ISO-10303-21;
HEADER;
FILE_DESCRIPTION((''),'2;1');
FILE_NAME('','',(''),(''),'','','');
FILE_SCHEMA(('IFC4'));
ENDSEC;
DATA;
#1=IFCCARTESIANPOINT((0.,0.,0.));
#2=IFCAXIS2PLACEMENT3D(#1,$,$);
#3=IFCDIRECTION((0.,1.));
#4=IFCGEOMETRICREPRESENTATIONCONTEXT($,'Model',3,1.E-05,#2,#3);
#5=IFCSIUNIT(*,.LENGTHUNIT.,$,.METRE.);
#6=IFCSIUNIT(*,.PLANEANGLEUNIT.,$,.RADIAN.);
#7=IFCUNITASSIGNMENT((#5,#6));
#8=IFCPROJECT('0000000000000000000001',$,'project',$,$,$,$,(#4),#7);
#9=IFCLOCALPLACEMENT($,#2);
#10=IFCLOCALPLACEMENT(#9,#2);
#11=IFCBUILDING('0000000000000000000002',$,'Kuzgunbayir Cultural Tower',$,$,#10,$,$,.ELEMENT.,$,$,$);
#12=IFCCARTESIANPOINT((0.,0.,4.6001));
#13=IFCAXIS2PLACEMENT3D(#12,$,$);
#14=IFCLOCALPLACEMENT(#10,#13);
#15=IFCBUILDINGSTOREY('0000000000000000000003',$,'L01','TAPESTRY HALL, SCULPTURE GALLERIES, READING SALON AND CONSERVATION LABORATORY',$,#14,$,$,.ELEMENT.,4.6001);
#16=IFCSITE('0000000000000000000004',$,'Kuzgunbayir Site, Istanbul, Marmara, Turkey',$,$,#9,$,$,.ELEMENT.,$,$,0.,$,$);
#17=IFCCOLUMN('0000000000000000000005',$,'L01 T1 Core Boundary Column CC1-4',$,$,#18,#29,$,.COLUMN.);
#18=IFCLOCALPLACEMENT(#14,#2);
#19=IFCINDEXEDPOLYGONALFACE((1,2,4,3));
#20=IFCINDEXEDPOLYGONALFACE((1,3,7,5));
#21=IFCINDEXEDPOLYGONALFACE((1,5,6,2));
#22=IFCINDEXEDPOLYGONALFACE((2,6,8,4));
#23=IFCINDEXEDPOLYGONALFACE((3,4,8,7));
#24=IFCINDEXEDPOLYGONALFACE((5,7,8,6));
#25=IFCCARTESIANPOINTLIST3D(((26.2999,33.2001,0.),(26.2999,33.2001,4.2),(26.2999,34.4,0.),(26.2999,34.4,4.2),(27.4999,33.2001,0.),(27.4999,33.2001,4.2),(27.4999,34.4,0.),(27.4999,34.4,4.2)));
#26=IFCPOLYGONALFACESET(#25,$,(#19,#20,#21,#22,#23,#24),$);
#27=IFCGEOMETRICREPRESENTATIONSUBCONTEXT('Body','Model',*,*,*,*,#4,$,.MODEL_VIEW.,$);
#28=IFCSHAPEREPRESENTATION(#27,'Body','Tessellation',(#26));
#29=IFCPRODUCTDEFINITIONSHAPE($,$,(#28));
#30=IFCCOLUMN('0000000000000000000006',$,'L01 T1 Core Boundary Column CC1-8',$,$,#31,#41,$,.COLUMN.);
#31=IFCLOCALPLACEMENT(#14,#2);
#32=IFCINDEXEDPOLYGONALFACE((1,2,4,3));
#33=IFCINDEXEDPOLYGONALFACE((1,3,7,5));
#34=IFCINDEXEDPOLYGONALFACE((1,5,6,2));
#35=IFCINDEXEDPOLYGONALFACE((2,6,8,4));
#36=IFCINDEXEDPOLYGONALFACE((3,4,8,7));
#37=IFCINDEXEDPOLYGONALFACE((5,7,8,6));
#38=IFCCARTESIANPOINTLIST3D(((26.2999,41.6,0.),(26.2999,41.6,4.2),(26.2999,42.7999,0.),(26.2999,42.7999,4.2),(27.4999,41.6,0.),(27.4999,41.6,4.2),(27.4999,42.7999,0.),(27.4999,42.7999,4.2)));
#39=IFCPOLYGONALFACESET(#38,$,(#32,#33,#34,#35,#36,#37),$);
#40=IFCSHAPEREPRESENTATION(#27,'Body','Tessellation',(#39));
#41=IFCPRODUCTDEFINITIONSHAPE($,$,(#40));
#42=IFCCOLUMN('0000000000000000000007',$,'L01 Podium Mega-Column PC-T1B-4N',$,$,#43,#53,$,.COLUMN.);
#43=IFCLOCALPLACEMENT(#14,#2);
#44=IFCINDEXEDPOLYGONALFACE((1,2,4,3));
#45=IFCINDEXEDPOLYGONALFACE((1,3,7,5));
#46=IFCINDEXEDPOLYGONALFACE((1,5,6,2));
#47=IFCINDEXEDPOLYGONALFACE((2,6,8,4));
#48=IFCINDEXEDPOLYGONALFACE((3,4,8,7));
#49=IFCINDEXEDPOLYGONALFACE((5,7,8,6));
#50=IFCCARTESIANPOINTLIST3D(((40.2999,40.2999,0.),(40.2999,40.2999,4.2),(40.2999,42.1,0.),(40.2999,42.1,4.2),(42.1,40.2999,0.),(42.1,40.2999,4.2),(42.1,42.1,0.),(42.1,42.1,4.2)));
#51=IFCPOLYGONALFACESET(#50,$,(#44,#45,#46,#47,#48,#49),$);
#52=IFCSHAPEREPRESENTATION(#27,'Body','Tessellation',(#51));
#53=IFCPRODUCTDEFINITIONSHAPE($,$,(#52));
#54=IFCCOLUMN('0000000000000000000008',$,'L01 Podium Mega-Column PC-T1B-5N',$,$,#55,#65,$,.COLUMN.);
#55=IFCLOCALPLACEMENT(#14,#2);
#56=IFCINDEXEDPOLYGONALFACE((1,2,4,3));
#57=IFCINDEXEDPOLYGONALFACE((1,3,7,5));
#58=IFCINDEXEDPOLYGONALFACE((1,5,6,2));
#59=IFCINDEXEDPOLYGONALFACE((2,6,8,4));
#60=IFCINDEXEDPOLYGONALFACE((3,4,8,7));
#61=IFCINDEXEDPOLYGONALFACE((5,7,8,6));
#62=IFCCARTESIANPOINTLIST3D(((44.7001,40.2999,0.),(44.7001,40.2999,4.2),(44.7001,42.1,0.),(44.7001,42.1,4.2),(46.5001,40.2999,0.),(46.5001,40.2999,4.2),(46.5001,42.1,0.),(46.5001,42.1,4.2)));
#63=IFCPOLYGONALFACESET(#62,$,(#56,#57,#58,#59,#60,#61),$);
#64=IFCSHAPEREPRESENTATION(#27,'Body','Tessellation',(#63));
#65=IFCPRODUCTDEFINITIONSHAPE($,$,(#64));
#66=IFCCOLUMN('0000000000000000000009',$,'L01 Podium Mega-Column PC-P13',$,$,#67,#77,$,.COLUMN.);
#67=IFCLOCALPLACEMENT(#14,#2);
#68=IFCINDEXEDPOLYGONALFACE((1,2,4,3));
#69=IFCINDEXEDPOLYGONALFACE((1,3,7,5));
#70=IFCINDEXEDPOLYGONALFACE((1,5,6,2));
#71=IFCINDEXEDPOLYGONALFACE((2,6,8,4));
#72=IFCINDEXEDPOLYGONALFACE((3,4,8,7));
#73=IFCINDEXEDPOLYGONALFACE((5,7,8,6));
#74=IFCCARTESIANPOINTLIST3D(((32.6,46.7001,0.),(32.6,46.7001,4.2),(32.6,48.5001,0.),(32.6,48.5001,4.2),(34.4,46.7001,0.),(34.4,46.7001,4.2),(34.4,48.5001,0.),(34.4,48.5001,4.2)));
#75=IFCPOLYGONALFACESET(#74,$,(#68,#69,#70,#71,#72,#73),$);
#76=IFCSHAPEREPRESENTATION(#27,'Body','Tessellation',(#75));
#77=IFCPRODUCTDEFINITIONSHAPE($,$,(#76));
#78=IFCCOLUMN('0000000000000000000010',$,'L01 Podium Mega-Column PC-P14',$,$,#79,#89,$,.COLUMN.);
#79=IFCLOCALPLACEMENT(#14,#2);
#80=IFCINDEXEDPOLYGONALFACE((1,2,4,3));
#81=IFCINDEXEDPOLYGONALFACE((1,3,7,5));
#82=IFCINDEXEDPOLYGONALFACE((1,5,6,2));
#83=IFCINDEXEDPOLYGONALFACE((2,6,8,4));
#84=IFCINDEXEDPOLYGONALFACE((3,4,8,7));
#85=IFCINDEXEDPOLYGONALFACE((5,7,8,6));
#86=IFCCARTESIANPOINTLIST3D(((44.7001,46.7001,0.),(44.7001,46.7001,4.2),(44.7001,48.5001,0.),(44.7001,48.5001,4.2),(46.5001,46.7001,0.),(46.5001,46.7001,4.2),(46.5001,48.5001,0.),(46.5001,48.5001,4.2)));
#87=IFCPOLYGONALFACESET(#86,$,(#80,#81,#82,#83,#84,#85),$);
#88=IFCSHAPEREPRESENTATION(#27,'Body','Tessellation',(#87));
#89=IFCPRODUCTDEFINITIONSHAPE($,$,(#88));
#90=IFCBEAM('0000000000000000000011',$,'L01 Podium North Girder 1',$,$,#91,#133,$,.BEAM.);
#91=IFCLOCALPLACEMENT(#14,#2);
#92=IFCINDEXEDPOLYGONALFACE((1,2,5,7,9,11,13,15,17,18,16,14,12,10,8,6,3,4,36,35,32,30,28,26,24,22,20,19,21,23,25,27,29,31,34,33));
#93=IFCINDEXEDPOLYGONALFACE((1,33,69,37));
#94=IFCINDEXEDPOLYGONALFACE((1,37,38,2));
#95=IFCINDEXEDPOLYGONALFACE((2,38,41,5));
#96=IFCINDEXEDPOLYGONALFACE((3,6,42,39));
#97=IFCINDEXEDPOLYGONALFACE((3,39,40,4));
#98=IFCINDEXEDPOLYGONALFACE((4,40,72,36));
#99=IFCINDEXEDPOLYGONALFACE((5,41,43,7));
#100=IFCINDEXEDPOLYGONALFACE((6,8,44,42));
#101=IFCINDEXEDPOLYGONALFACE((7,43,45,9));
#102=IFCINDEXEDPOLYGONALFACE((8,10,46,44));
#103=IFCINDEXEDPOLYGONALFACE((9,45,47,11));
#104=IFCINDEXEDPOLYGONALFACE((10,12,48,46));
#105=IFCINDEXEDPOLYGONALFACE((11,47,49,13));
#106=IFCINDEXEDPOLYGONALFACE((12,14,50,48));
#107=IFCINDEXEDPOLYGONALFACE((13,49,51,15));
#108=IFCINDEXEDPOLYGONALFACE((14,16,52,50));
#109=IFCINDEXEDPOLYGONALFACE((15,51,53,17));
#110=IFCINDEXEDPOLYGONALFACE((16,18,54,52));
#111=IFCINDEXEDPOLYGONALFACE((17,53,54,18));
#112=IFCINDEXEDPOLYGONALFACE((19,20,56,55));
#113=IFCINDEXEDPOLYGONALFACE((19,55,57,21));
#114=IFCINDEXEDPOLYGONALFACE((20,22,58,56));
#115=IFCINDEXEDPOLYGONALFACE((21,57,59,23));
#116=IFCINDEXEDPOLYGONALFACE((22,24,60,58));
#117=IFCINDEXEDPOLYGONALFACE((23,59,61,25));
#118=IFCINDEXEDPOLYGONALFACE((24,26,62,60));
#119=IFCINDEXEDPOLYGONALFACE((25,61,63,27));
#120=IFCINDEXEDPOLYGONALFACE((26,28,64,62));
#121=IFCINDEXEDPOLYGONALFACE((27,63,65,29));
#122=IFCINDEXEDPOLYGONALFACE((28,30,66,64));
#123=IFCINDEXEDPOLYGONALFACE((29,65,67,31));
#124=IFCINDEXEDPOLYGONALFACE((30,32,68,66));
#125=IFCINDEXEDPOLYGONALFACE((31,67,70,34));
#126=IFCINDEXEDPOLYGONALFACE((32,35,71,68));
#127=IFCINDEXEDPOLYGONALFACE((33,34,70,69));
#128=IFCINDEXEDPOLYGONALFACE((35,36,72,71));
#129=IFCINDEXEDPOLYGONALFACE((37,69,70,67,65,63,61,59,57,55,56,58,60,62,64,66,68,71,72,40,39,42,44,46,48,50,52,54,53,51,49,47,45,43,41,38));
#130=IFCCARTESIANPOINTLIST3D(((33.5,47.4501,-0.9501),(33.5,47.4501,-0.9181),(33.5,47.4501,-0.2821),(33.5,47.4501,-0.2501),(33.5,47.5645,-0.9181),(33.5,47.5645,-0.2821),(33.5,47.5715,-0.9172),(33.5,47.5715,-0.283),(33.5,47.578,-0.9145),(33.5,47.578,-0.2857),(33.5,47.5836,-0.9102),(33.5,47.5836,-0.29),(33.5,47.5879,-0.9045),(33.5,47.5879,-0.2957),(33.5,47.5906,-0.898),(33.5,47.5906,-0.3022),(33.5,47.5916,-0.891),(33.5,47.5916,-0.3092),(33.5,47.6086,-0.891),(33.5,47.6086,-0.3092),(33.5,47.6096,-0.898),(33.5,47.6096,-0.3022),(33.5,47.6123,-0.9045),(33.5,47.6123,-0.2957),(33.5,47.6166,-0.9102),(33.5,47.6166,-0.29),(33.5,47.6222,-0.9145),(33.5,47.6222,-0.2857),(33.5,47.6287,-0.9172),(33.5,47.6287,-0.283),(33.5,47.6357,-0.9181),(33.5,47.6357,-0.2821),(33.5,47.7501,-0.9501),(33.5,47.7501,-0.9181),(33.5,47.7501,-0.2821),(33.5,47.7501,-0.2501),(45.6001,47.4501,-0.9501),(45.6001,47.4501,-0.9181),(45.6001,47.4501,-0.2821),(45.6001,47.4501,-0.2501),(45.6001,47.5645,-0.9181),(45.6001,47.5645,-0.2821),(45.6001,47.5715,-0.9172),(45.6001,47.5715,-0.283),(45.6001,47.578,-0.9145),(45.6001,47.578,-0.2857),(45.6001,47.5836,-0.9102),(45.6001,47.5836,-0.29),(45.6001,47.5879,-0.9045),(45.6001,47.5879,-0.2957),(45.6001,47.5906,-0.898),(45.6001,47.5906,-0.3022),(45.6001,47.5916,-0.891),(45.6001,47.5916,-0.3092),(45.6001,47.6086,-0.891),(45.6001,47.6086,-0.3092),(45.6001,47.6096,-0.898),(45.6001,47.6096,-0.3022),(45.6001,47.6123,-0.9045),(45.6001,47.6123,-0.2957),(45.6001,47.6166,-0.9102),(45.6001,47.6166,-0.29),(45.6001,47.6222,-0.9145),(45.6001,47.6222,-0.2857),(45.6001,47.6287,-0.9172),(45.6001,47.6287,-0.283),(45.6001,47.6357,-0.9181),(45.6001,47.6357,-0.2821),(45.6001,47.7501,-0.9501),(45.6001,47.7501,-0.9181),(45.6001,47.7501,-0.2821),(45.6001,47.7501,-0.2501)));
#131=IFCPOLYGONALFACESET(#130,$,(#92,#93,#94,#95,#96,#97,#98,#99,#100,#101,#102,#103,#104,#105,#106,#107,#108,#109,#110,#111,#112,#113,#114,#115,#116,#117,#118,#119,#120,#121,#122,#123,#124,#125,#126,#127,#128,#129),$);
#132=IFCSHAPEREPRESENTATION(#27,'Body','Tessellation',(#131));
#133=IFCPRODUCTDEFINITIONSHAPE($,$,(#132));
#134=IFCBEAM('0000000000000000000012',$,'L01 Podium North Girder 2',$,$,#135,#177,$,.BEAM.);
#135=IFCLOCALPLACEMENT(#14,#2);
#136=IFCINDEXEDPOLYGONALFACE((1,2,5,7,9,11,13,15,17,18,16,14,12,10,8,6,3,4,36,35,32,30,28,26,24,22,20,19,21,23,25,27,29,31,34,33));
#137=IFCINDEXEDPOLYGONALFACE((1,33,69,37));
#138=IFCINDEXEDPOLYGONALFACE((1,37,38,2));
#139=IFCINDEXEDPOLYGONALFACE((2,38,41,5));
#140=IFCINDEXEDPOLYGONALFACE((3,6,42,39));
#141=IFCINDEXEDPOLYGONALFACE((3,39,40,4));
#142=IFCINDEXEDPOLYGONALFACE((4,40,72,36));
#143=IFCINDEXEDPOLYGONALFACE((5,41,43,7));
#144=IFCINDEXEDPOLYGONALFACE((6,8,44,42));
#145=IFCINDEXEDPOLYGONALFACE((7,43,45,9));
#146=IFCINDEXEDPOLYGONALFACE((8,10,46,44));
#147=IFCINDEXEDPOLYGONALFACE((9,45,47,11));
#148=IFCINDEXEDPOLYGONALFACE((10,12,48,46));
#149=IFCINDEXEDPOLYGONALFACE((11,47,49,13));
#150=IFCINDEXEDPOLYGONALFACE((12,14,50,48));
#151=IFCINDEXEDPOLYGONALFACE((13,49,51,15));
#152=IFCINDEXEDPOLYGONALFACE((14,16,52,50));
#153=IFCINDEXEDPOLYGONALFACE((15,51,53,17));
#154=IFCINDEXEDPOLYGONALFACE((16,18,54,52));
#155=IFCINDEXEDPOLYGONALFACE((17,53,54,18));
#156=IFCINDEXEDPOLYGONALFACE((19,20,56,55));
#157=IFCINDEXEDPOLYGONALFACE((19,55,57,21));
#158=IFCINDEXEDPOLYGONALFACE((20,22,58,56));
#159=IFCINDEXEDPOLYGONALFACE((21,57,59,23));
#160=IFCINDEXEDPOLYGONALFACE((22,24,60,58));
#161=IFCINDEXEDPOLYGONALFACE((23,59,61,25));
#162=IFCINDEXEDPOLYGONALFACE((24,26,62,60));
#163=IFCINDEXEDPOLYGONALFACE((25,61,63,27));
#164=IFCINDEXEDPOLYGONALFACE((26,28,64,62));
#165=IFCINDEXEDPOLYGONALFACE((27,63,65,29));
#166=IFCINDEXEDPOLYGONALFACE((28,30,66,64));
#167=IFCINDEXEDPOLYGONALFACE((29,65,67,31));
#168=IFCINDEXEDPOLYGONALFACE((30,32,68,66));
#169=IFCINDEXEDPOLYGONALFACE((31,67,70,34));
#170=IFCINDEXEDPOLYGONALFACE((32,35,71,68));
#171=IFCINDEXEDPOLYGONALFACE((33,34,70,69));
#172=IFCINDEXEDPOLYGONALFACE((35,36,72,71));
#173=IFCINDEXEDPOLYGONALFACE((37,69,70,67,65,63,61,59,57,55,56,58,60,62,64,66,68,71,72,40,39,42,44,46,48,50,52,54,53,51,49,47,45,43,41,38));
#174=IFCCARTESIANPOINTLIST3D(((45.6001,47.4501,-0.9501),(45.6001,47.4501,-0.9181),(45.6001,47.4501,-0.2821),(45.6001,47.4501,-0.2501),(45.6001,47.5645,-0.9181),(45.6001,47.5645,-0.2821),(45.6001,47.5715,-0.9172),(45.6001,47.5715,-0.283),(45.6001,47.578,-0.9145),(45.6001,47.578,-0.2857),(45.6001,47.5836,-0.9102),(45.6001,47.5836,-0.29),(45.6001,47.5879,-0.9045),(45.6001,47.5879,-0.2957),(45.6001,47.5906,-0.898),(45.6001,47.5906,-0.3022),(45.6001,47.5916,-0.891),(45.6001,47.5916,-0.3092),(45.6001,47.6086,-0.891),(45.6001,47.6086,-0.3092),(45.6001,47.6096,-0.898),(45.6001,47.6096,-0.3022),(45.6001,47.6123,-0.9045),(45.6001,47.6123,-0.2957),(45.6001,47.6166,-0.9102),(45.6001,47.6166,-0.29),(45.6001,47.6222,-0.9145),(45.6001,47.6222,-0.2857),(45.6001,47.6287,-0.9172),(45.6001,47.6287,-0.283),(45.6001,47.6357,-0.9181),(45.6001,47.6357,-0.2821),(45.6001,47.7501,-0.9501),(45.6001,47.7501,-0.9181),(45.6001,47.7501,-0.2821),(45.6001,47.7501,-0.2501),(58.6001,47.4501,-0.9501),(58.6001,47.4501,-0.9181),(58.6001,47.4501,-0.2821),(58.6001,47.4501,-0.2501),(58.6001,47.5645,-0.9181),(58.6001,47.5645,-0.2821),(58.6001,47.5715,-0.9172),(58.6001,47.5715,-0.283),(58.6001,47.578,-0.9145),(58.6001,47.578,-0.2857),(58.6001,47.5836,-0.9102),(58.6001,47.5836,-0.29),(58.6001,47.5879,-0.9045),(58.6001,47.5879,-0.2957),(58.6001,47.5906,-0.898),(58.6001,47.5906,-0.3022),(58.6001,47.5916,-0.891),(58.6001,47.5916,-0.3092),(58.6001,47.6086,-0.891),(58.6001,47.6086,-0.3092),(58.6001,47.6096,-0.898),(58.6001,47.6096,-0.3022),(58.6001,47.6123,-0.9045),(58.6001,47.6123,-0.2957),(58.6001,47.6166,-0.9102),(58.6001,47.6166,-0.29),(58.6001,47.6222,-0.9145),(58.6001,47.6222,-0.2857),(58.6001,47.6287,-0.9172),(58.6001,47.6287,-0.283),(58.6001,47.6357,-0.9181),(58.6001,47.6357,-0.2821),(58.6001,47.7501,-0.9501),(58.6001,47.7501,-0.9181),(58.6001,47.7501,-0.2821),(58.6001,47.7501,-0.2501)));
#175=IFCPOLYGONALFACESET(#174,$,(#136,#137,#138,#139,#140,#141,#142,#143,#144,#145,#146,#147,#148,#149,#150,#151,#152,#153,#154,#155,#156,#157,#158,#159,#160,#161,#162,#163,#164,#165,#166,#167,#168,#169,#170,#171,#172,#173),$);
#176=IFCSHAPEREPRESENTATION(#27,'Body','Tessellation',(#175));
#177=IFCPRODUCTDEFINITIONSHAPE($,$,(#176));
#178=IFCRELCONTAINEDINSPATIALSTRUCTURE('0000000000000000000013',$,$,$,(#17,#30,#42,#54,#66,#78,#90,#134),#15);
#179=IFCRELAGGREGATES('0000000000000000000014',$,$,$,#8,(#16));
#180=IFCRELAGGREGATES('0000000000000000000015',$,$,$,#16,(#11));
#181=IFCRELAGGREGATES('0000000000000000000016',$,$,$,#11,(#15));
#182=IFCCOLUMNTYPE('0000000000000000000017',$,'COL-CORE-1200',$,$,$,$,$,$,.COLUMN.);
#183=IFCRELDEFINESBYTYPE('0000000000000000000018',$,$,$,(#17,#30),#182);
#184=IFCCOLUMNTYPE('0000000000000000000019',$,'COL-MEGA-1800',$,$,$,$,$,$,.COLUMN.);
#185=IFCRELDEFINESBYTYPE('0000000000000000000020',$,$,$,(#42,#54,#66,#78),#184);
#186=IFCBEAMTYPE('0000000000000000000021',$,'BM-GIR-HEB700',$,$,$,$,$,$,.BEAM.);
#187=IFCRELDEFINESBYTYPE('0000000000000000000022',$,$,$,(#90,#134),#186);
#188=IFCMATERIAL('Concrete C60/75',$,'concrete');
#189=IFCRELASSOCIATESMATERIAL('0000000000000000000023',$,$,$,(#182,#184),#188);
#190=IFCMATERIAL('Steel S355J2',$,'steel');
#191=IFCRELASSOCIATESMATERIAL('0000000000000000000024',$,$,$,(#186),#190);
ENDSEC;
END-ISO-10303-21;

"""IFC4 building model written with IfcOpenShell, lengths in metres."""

from ifc_helpers import new_model, si_unit, direction, frame, origin, origin_2d, place, context, subcontext, project, spatial, rectangle, i_section, extrude, material, material_profile, profile_set, type_object, element, save


model = new_model("IFC4")

# Units and contexts
model_context = context("Model", 3, precision=1e-05, world=origin(), true_north=direction((0.0, 1.0)))
body_context = subcontext(model_context, "Body", "Model", "MODEL_VIEW")
ifc_project = project(units=[si_unit("LENGTHUNIT", "METRE"), si_unit("PLANEANGLEUNIT", "RADIAN")], contexts=[model_context])

# Site, building, storey
site_placement = place(None, origin())
site = spatial("IfcSite", under=ifc_project, at=site_placement, Name="Kuzgunbayir Site, Istanbul, Marmara, Turkey", CompositionType="ELEMENT", RefElevation=0.0)
building_placement = place(site_placement, origin())
building = spatial("IfcBuilding", under=site, at=building_placement, Name="Kuzgunbayir Cultural Tower", CompositionType="ELEMENT")
storey_placement = place(building_placement, frame((0.0, 0.0, 4.6001)))
storey = spatial("IfcBuildingStorey", under=building, at=storey_placement, Name="L01", Description="TAPESTRY HALL, SCULPTURE GALLERIES, READING SALON AND CONSERVATION LABORATORY", CompositionType="ELEMENT", Elevation=4.6001)

# Columns
ifc_material_1 = material(Name="Concrete C60/75", Category="concrete")
ifc_material_profile_1 = material_profile(ifc_material_1, rectangle(XDim=1.2, YDim=1.2, at=origin_2d()), Name="RC 1200x1200")
ifc_profile_set_1 = profile_set([ifc_material_profile_1], Name="Concrete C60/75")
column_type_1 = type_object("IfcColumnType", Name="COL-CORE-1200", PredefinedType="COLUMN", material=ifc_profile_set_1)
for number, where, z_axis, x_axis, name in (
    (1, (26.8999, 33.8, 0.0), (0.0, 0.0, 1.0), (1.0, 0.0, 0.0), "L01 T1 Core Boundary Column CC1-4"),
    (2, (26.8999, 42.2, 0.0), (0.0, 0.0, 1.0), (1.0, 0.0, 0.0), "L01 T1 Core Boundary Column CC1-8"),
):
    element("IfcColumn", number, at=place(storey_placement, frame(where, z_axis=z_axis, x_axis=x_axis)), inside=storey, type_object=column_type_1, Name=name, PredefinedType="COLUMN", context=body_context, shape_type="SweptSolid", body=[
        extrude(rectangle(XDim=1.2, YDim=1.2, at=origin_2d()), origin(), (0.0, 0.0, 1.0), 4.2),
    ])
ifc_material_profile_2 = material_profile(ifc_material_1, rectangle(XDim=1.8, YDim=1.8, at=origin_2d()), Name="RC 1800x1800")
ifc_profile_set_2 = profile_set([ifc_material_profile_2], Name="Concrete C60/75")
column_type_2 = type_object("IfcColumnType", Name="COL-MEGA-1800", PredefinedType="COLUMN", material=ifc_profile_set_2)
for number, where, z_axis, x_axis, name in (
    (3, (41.2, 41.2, 0.0), (0.0, 0.0, 1.0), (1.0, 0.0, 0.0), "L01 Podium Mega-Column PC-T1B-4N"),
    (4, (45.6001, 41.2, 0.0), (0.0, 0.0, 1.0), (1.0, 0.0, 0.0), "L01 Podium Mega-Column PC-T1B-5N"),
    (5, (33.5, 47.6001, 0.0), (0.0, 0.0, 1.0), (1.0, 0.0, 0.0), "L01 Podium Mega-Column PC-P13"),
    (6, (45.6001, 47.6001, 0.0), (0.0, 0.0, 1.0), (1.0, 0.0, 0.0), "L01 Podium Mega-Column PC-P14"),
):
    element("IfcColumn", number, at=place(storey_placement, frame(where, z_axis=z_axis, x_axis=x_axis)), inside=storey, type_object=column_type_2, Name=name, PredefinedType="COLUMN", context=body_context, shape_type="SweptSolid", body=[
        extrude(rectangle(XDim=1.8, YDim=1.8, at=origin_2d()), origin(), (0.0, 0.0, 1.0), 4.2),
    ])

# Beams
ifc_material_2 = material(Name="Steel S355J2", Category="steel")
ifc_material_profile_3 = material_profile(ifc_material_2, i_section(OverallWidth=0.3, OverallDepth=0.7, WebThickness=0.0171, FlangeThickness=0.032, FilletRadius=0.0271, at=origin_2d()), Name="HEB 700")
ifc_profile_set_3 = profile_set([ifc_material_profile_3], Name="Steel S355J2")
beam_type_1 = type_object("IfcBeamType", Name="BM-GIR-HEB700", PredefinedType="BEAM", material=ifc_profile_set_3)
beam_1_placement = place(storey_placement, frame((33.5, 47.6001, -0.6001), z_axis=(1.0, 0.0, 0.0), x_axis=(0.0, 1.0, 0.0)))
element("IfcBeam", 7, at=beam_1_placement, inside=storey, type_object=beam_type_1, Name="L01 Podium North Girder 1", PredefinedType="BEAM", context=body_context, shape_type="SweptSolid", body=[
    extrude(i_section(OverallWidth=0.3, OverallDepth=0.7, WebThickness=0.0171, FlangeThickness=0.032, FilletRadius=0.0271, at=origin_2d()), origin(), (0.0, 0.0, 1.0), 12.1001),
])
beam_2_placement = place(storey_placement, frame((45.6001, 47.6001, -0.6001), z_axis=(1.0, 0.0, 0.0), x_axis=(0.0, 1.0, 0.0)))
element("IfcBeam", 8, at=beam_2_placement, inside=storey, type_object=beam_type_1, Name="L01 Podium North Girder 2", PredefinedType="BEAM", context=body_context, shape_type="SweptSolid", body=[
    extrude(i_section(OverallWidth=0.3, OverallDepth=0.7, WebThickness=0.0171, FlangeThickness=0.032, FilletRadius=0.0271, at=origin_2d()), origin(), (0.0, 0.0, 1.0), 13.0),
])

save(model, "model.ifc")
